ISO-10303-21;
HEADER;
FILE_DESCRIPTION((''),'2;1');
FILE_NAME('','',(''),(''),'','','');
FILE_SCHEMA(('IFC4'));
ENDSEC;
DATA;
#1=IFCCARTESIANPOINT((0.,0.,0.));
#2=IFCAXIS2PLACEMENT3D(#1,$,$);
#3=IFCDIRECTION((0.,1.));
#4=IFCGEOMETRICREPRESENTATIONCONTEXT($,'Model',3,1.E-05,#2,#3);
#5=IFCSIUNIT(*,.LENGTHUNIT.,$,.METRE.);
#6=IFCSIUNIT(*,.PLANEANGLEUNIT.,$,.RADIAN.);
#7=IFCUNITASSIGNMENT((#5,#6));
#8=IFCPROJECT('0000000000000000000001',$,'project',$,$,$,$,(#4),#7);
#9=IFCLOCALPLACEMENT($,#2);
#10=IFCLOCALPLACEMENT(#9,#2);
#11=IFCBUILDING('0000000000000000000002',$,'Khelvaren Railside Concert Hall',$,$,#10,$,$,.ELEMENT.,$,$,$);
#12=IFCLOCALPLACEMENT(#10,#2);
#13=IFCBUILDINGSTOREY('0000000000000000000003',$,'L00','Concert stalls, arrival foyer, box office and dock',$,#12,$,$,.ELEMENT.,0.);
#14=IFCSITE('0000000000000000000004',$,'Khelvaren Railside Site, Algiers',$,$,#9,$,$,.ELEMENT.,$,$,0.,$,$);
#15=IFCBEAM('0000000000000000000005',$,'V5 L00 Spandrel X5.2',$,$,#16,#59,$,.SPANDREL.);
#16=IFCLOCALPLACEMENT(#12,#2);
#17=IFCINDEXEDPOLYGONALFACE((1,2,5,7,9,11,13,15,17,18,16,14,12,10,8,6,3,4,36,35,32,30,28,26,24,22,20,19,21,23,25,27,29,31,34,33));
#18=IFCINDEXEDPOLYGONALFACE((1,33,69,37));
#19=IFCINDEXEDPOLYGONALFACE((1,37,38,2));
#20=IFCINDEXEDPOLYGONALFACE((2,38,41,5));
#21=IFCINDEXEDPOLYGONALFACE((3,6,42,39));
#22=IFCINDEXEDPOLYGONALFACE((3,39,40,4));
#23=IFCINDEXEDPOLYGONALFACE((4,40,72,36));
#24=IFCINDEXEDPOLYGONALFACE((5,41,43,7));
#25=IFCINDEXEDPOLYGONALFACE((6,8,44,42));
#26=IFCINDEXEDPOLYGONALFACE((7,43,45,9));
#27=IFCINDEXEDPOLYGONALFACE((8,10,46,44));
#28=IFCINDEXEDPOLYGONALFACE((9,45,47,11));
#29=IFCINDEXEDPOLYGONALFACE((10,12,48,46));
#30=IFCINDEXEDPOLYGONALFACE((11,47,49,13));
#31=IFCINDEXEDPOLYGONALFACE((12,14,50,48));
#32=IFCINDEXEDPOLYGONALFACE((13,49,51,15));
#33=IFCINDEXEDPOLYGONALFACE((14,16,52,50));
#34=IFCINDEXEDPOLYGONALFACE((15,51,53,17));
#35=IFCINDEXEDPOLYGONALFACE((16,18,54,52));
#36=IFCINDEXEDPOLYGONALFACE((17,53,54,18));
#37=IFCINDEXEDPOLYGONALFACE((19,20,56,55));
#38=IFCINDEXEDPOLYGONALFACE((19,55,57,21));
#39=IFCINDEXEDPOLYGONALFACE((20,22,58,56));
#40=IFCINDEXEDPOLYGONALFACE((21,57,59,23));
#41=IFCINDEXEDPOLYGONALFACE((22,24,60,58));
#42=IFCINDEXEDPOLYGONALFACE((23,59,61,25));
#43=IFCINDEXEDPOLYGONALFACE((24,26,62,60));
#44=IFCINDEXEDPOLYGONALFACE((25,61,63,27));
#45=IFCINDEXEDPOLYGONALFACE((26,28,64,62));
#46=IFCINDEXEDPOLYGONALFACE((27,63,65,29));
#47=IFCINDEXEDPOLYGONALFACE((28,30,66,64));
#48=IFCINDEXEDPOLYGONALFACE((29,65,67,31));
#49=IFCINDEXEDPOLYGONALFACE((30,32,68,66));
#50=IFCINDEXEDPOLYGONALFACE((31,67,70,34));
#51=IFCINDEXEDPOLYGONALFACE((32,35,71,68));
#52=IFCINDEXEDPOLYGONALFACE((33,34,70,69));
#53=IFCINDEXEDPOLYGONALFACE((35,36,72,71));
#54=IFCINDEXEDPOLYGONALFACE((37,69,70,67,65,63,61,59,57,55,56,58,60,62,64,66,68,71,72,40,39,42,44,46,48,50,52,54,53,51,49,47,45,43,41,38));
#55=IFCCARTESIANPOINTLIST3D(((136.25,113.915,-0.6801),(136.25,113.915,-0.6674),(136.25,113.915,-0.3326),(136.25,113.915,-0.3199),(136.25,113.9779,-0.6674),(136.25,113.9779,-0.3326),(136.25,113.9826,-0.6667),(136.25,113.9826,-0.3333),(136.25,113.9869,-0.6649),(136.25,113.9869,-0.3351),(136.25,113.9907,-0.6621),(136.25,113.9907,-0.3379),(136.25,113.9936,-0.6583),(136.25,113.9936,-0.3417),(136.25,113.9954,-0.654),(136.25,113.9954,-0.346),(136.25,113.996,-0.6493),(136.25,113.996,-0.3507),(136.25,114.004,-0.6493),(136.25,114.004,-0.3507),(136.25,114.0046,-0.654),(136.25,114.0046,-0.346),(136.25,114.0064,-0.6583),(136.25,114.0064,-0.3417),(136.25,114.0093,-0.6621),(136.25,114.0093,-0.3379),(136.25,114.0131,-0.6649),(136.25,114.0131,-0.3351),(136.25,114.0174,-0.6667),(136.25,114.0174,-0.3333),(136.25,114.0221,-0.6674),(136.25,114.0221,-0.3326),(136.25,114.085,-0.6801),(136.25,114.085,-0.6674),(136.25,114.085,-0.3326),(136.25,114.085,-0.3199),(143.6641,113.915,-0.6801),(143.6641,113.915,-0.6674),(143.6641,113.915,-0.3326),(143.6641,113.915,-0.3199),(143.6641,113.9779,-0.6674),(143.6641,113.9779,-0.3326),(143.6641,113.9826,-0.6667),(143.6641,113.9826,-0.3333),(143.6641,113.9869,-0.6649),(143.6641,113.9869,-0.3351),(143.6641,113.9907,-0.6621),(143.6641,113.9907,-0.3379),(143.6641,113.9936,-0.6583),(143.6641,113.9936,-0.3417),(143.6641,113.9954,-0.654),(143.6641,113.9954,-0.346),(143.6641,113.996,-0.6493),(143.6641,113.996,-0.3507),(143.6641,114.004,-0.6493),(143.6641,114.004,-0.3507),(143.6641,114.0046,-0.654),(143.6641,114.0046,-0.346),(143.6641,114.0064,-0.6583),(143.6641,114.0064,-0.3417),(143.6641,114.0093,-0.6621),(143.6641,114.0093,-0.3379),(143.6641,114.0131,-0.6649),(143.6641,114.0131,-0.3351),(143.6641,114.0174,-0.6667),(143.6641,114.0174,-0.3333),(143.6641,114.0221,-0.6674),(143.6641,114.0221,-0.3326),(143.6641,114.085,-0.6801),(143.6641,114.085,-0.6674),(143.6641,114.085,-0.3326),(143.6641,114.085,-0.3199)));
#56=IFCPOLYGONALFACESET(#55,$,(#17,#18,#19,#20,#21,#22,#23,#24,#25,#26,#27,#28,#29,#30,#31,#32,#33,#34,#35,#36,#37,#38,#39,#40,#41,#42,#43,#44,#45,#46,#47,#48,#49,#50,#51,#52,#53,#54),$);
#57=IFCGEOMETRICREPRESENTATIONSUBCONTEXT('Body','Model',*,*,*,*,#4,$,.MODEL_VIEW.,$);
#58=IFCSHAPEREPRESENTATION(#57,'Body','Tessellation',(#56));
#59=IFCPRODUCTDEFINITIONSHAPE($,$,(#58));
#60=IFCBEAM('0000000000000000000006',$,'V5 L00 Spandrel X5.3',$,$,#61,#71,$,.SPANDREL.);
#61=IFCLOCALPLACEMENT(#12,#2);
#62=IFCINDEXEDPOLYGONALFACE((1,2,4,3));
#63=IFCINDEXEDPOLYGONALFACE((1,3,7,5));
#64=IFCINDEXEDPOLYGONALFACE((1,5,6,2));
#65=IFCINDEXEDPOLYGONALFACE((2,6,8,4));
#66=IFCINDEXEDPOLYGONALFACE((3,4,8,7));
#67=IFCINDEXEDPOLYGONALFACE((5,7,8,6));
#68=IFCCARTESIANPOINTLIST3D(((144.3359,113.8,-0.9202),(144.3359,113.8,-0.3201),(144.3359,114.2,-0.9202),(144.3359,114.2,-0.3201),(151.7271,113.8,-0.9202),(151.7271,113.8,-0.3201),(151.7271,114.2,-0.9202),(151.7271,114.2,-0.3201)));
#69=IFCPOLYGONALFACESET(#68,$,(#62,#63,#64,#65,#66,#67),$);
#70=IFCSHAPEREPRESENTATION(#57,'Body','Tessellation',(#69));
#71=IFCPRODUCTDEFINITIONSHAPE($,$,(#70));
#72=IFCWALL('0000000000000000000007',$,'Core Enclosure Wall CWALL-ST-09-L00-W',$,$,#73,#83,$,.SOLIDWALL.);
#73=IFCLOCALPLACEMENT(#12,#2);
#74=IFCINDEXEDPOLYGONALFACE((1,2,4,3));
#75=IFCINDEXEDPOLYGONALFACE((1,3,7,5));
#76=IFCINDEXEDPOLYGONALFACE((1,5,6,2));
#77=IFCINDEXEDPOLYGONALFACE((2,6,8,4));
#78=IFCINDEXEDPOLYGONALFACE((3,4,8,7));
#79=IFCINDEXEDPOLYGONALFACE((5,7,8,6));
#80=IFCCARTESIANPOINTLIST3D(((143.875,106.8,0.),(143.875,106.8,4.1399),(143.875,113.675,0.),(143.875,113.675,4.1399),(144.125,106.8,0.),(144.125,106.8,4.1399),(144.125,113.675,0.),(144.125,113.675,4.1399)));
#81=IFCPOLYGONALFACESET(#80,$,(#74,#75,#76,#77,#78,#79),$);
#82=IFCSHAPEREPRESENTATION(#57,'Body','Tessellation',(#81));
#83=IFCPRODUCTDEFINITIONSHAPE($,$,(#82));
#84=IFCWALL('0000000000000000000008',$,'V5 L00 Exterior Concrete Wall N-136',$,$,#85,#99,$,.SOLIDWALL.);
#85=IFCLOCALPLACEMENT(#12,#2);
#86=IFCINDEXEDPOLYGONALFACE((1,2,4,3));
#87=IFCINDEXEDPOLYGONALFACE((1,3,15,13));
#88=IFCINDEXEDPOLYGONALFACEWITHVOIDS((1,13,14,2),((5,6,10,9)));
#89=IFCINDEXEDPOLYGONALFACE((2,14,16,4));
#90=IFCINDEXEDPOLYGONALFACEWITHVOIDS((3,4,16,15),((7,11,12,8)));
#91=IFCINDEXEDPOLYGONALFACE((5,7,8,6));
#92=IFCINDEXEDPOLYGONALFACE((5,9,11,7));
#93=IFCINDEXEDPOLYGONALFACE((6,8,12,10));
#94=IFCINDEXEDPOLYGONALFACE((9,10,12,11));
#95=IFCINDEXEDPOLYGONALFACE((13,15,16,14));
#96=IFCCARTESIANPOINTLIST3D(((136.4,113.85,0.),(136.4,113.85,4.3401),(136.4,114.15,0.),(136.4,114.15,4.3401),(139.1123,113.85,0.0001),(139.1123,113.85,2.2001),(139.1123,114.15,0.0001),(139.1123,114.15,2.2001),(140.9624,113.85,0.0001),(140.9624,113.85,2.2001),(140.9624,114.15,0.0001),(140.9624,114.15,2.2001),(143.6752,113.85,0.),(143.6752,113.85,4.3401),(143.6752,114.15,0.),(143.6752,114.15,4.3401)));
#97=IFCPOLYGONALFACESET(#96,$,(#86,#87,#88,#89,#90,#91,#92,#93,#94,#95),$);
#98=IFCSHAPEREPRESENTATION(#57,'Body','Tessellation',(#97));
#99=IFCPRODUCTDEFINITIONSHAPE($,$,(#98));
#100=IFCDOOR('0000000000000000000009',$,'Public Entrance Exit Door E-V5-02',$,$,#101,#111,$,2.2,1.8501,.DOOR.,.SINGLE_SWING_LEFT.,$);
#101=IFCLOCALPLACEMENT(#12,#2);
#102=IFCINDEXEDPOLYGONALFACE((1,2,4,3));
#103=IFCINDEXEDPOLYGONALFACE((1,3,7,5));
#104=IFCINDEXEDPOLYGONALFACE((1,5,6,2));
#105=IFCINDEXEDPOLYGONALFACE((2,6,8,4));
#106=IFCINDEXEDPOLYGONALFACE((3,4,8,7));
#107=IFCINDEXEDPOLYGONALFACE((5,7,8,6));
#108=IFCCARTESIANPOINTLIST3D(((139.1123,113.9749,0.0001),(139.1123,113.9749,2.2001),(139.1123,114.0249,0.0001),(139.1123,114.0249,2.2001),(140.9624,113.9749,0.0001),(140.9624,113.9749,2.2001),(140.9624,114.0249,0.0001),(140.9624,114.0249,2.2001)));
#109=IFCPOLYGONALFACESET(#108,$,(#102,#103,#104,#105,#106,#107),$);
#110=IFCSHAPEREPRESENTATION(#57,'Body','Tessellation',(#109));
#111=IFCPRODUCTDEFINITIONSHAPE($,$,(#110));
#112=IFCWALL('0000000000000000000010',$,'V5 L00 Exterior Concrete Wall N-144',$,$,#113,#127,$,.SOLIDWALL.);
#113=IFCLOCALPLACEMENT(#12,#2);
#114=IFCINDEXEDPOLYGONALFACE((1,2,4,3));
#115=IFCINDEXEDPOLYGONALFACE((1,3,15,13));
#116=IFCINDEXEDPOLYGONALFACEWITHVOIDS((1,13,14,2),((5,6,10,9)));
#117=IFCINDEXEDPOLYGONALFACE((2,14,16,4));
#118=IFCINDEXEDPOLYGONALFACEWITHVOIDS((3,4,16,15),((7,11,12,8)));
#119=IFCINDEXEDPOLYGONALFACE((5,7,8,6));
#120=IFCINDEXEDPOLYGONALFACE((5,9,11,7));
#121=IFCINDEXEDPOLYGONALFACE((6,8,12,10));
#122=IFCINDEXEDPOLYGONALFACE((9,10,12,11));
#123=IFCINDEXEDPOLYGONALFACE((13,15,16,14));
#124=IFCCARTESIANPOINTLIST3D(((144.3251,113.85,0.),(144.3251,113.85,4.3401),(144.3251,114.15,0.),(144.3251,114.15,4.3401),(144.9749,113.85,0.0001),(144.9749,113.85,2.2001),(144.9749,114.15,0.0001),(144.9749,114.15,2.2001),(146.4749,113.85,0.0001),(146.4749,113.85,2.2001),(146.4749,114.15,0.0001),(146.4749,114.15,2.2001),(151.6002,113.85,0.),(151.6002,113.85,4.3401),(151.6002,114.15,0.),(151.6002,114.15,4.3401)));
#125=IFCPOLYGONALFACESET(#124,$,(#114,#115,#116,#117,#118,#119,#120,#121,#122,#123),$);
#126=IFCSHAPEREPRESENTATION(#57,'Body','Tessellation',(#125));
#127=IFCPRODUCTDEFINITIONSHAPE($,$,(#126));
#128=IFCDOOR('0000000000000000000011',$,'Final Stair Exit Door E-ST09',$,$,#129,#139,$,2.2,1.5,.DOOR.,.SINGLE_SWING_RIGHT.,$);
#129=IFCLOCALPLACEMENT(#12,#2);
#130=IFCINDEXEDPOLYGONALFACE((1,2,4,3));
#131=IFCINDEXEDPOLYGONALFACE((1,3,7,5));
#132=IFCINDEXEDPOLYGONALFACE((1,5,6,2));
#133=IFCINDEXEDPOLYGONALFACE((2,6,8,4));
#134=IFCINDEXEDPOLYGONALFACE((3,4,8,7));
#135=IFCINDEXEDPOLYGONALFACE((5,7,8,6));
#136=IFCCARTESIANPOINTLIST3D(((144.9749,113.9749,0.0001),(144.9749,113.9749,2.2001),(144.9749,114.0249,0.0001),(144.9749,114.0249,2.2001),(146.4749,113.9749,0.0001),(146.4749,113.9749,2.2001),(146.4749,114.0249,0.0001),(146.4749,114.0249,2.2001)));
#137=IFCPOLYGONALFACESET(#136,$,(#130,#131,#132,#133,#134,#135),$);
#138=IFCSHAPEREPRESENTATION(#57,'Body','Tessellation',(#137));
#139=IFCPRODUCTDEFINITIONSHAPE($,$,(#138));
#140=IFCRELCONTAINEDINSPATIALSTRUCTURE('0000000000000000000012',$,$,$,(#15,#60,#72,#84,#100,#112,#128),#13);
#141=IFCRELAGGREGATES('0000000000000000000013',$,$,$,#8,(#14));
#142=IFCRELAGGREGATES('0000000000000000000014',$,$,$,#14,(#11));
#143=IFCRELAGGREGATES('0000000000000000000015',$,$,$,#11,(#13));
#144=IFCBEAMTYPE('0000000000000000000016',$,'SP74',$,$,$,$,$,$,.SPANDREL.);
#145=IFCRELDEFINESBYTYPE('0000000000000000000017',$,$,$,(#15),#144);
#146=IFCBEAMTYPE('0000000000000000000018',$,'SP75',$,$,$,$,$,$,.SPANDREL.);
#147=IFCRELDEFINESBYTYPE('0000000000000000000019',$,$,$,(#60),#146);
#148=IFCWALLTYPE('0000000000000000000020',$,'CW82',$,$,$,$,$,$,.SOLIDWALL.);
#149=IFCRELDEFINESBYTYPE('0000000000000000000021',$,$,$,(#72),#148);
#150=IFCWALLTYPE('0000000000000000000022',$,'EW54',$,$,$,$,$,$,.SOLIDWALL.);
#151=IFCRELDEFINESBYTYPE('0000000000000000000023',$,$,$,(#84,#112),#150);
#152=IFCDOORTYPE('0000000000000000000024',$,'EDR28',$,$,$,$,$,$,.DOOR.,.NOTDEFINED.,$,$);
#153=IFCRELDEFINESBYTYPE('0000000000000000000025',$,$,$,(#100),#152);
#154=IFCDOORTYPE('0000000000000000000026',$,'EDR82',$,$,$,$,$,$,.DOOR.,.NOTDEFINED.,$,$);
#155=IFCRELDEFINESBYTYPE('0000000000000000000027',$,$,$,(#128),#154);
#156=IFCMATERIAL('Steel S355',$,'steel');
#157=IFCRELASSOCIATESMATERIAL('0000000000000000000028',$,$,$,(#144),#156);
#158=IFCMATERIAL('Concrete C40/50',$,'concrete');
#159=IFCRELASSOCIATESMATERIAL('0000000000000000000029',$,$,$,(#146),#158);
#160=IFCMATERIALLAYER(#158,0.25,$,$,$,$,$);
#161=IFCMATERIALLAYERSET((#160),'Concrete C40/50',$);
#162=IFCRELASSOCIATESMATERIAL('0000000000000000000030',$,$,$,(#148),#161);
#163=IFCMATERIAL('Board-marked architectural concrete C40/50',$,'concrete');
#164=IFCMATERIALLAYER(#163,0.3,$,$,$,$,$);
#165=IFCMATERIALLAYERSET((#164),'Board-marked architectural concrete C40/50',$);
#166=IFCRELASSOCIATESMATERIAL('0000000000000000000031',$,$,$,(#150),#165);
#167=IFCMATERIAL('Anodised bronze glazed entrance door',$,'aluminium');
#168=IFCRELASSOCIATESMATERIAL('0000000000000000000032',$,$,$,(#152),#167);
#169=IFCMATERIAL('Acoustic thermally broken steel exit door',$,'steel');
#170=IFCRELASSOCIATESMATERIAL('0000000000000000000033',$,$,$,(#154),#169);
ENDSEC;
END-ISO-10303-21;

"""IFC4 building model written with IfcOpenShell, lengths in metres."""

from ifc_helpers import new_model, si_unit, direction, frame, frame_2d, origin, origin_2d, place, context, subcontext, project, spatial, rectangle, i_section, extrude, material, layer, layer_set, material_profile, profile_set, type_object, element, fill, save


model = new_model("IFC4")

# Units and contexts
model_context = context("Model", 3, precision=1e-05, world=origin(), true_north=direction((0.0, 1.0)))
body_context = subcontext(model_context, "Body", "Model", "MODEL_VIEW")
ifc_project = project(units=[si_unit("LENGTHUNIT", "METRE"), si_unit("PLANEANGLEUNIT", "RADIAN")], contexts=[model_context])

# Site, building, storey
site_placement = place(None, origin())
site = spatial("IfcSite", under=ifc_project, at=site_placement, Name="Khelvaren Railside Site, Algiers", CompositionType="ELEMENT", RefElevation=0.0)
building_placement = place(site_placement, origin())
building = spatial("IfcBuilding", under=site, at=building_placement, Name="Khelvaren Railside Concert Hall", CompositionType="ELEMENT")
storey_placement = place(building_placement, origin())
storey = spatial("IfcBuildingStorey", under=building, at=storey_placement, Name="L00", Description="Concert stalls, arrival foyer, box office and dock", CompositionType="ELEMENT", Elevation=0.0)

# Beams
ifc_material_1 = material(Name="Steel S355", Category="steel")
ifc_material_2 = material(Name="Concrete C40/50", Category="concrete")
ifc_material_profile_1 = material_profile(ifc_material_1, i_section(OverallWidth=0.1699, OverallDepth=0.3601, WebThickness=0.0081, FlangeThickness=0.0127, FilletRadius=0.0181, at=origin_2d()), Name="IPE 360")
ifc_profile_set_1 = profile_set([ifc_material_profile_1], Name="Steel S355")
beam_type_1 = type_object("IfcBeamType", Name="SP74", PredefinedType="SPANDREL", material=ifc_profile_set_1)
beam_1_placement = place(storey_placement, frame((136.25, 114.0, -0.5), z_axis=(1.0, 0.0, 0.0), x_axis=(0.0, 1.0, 0.0)))
element("IfcBeam", 1, at=beam_1_placement, inside=storey, type_object=beam_type_1, Name="V5 L00 Spandrel X5.2", PredefinedType="SPANDREL", context=body_context, shape_type="SweptSolid", body=[
    extrude(i_section(OverallWidth=0.1699, OverallDepth=0.3601, WebThickness=0.0081, FlangeThickness=0.0127, FilletRadius=0.0181, at=origin_2d()), origin(), (0.0, 0.0, 1.0), 7.4141),
])
ifc_material_profile_2 = material_profile(ifc_material_2, rectangle(XDim=0.3999, YDim=0.6001, at=origin_2d()), Name="RCB 400x600")
ifc_profile_set_2 = profile_set([ifc_material_profile_2], Name="Concrete C40/50")
beam_type_2 = type_object("IfcBeamType", Name="SP75", PredefinedType="SPANDREL", material=ifc_profile_set_2)
beam_2_placement = place(storey_placement, frame((144.3359, 114.0, -0.6201), z_axis=(1.0, 0.0, 0.0), x_axis=(0.0, 1.0, 0.0)))
element("IfcBeam", 2, at=beam_2_placement, inside=storey, type_object=beam_type_2, Name="V5 L00 Spandrel X5.3", PredefinedType="SPANDREL", context=body_context, shape_type="SweptSolid", body=[
    extrude(rectangle(XDim=0.3999, YDim=0.6001, at=origin_2d()), origin(), (0.0, 0.0, 1.0), 7.3911),
])

# Wall
ifc_layer_1 = layer(ifc_material_2, 0.25)
ifc_layer_set_1 = layer_set([ifc_layer_1], Name="Concrete C40/50")
wall_type_1 = type_object("IfcWallType", Name="CW82", PredefinedType="SOLIDWALL", material=ifc_layer_set_1)
wall_1_placement = place(storey_placement, frame((144.0, 106.8, 0.0), z_axis=(0.0, 0.0, 1.0), x_axis=(0.0, 1.0, 0.0)))
element("IfcWall", 3, at=wall_1_placement, inside=storey, type_object=wall_type_1, Name="Core Enclosure Wall CWALL-ST-09-L00-W", PredefinedType="SOLIDWALL", context=body_context, shape_type="SweptSolid", body=[
    extrude(rectangle(XDim=6.875, YDim=0.25, at=frame_2d((3.4375, 0.0))), origin(), (0.0, 0.0, 1.0), 4.1399),
])

# Walls, openings, doors
ifc_material_3 = material(Name="Board-marked architectural concrete C40/50", Category="concrete")
ifc_layer_2 = layer(ifc_material_3, 0.3)
ifc_layer_set_2 = layer_set([ifc_layer_2], Name="Board-marked architectural concrete C40/50")
wall_type_2 = type_object("IfcWallType", Name="EW54", PredefinedType="SOLIDWALL", material=ifc_layer_set_2)
wall_2_placement = place(storey_placement, frame((136.3999, 114.0, 0.0), z_axis=(0.0, 0.0, 1.0), x_axis=(1.0, 0.0, 0.0)))
wall_2 = element("IfcWall", 4, at=wall_2_placement, inside=storey, type_object=wall_type_2, Name="V5 L00 Exterior Concrete Wall N-136", PredefinedType="SOLIDWALL", context=body_context, shape_type="SweptSolid", body=[
    extrude(rectangle(XDim=7.2751, YDim=0.3, at=frame_2d((3.6377, 0.0))), origin(), (0.0, 0.0, 1.0), 4.3401),
])
opening_1_placement = place(wall_2_placement, frame((2.7124, 0.0, 0.0)))
opening_1 = element("IfcOpeningElement", 5, at=opening_1_placement, cuts=wall_2, PredefinedType="OPENING", context=body_context, shape_type="SweptSolid", body=[
    extrude(rectangle(XDim=1.8501, YDim=2.2, at=frame_2d((0.925, 1.1001))), frame((0.0, 0.1599, 0.0), z_axis=(0.0, -1.0, 0.0), x_axis=(1.0, 0.0, 0.0)), (0.0, 0.0, 1.0), 0.3201),
])
ifc_material_4 = material(Name="Anodised bronze glazed entrance door", Category="aluminium")
door_type_1 = type_object("IfcDoorType", Name="EDR28", OperationType="NOTDEFINED", PredefinedType="DOOR", material=ifc_material_4)
door_1_placement = place(opening_1_placement, origin())
door_1 = element("IfcDoor", 6, at=door_1_placement, inside=storey, type_object=door_type_1, Name="Public Entrance Exit Door E-V5-02", OperationType="SINGLE_SWING_LEFT", OverallHeight=2.2, OverallWidth=1.8501, PredefinedType="DOOR", context=body_context, shape_type="SweptSolid", body=[
    extrude(rectangle(XDim=1.8501, YDim=2.2, at=frame_2d((0.925, 1.1001))), frame((0.0, 0.0249, 0.0), z_axis=(0.0, -1.0, 0.0), x_axis=(1.0, 0.0, 0.0)), (0.0, 0.0, 1.0), 0.05),
])
fill(opening_1, door_1)
wall_3_placement = place(storey_placement, frame((144.325, 114.0, 0.0), z_axis=(0.0, 0.0, 1.0), x_axis=(1.0, 0.0, 0.0)))
wall_3 = element("IfcWall", 7, at=wall_3_placement, inside=storey, type_object=wall_type_2, Name="V5 L00 Exterior Concrete Wall N-144", PredefinedType="SOLIDWALL", context=body_context, shape_type="SweptSolid", body=[
    extrude(rectangle(XDim=7.2751, YDim=0.3, at=frame_2d((3.6377, 0.0))), origin(), (0.0, 0.0, 1.0), 4.3401),
])
opening_2_placement = place(wall_3_placement, frame((0.6499, 0.0, 0.0)))
opening_2 = element("IfcOpeningElement", 8, at=opening_2_placement, cuts=wall_3, PredefinedType="OPENING", context=body_context, shape_type="SweptSolid", body=[
    extrude(rectangle(XDim=1.5, YDim=2.2, at=frame_2d((0.75, 1.1001))), frame((0.0, 0.1599, 0.0), z_axis=(0.0, -1.0, 0.0), x_axis=(1.0, 0.0, 0.0)), (0.0, 0.0, 1.0), 0.3201),
])
ifc_material_5 = material(Name="Acoustic thermally broken steel exit door", Category="steel")
door_type_2 = type_object("IfcDoorType", Name="EDR82", OperationType="NOTDEFINED", PredefinedType="DOOR", material=ifc_material_5)
door_2_placement = place(opening_2_placement, origin())
door_2 = element("IfcDoor", 9, at=door_2_placement, inside=storey, type_object=door_type_2, Name="Final Stair Exit Door E-ST09", OperationType="SINGLE_SWING_RIGHT", OverallHeight=2.2, OverallWidth=1.5, PredefinedType="DOOR", context=body_context, shape_type="SweptSolid", body=[
    extrude(rectangle(XDim=1.5, YDim=2.2, at=frame_2d((0.75, 1.1001))), frame((0.0, 0.0249, 0.0), z_axis=(0.0, -1.0, 0.0), x_axis=(1.0, 0.0, 0.0)), (0.0, 0.0, 1.0), 0.05),
])
fill(opening_2, door_2)

save(model, "model.ifc")
